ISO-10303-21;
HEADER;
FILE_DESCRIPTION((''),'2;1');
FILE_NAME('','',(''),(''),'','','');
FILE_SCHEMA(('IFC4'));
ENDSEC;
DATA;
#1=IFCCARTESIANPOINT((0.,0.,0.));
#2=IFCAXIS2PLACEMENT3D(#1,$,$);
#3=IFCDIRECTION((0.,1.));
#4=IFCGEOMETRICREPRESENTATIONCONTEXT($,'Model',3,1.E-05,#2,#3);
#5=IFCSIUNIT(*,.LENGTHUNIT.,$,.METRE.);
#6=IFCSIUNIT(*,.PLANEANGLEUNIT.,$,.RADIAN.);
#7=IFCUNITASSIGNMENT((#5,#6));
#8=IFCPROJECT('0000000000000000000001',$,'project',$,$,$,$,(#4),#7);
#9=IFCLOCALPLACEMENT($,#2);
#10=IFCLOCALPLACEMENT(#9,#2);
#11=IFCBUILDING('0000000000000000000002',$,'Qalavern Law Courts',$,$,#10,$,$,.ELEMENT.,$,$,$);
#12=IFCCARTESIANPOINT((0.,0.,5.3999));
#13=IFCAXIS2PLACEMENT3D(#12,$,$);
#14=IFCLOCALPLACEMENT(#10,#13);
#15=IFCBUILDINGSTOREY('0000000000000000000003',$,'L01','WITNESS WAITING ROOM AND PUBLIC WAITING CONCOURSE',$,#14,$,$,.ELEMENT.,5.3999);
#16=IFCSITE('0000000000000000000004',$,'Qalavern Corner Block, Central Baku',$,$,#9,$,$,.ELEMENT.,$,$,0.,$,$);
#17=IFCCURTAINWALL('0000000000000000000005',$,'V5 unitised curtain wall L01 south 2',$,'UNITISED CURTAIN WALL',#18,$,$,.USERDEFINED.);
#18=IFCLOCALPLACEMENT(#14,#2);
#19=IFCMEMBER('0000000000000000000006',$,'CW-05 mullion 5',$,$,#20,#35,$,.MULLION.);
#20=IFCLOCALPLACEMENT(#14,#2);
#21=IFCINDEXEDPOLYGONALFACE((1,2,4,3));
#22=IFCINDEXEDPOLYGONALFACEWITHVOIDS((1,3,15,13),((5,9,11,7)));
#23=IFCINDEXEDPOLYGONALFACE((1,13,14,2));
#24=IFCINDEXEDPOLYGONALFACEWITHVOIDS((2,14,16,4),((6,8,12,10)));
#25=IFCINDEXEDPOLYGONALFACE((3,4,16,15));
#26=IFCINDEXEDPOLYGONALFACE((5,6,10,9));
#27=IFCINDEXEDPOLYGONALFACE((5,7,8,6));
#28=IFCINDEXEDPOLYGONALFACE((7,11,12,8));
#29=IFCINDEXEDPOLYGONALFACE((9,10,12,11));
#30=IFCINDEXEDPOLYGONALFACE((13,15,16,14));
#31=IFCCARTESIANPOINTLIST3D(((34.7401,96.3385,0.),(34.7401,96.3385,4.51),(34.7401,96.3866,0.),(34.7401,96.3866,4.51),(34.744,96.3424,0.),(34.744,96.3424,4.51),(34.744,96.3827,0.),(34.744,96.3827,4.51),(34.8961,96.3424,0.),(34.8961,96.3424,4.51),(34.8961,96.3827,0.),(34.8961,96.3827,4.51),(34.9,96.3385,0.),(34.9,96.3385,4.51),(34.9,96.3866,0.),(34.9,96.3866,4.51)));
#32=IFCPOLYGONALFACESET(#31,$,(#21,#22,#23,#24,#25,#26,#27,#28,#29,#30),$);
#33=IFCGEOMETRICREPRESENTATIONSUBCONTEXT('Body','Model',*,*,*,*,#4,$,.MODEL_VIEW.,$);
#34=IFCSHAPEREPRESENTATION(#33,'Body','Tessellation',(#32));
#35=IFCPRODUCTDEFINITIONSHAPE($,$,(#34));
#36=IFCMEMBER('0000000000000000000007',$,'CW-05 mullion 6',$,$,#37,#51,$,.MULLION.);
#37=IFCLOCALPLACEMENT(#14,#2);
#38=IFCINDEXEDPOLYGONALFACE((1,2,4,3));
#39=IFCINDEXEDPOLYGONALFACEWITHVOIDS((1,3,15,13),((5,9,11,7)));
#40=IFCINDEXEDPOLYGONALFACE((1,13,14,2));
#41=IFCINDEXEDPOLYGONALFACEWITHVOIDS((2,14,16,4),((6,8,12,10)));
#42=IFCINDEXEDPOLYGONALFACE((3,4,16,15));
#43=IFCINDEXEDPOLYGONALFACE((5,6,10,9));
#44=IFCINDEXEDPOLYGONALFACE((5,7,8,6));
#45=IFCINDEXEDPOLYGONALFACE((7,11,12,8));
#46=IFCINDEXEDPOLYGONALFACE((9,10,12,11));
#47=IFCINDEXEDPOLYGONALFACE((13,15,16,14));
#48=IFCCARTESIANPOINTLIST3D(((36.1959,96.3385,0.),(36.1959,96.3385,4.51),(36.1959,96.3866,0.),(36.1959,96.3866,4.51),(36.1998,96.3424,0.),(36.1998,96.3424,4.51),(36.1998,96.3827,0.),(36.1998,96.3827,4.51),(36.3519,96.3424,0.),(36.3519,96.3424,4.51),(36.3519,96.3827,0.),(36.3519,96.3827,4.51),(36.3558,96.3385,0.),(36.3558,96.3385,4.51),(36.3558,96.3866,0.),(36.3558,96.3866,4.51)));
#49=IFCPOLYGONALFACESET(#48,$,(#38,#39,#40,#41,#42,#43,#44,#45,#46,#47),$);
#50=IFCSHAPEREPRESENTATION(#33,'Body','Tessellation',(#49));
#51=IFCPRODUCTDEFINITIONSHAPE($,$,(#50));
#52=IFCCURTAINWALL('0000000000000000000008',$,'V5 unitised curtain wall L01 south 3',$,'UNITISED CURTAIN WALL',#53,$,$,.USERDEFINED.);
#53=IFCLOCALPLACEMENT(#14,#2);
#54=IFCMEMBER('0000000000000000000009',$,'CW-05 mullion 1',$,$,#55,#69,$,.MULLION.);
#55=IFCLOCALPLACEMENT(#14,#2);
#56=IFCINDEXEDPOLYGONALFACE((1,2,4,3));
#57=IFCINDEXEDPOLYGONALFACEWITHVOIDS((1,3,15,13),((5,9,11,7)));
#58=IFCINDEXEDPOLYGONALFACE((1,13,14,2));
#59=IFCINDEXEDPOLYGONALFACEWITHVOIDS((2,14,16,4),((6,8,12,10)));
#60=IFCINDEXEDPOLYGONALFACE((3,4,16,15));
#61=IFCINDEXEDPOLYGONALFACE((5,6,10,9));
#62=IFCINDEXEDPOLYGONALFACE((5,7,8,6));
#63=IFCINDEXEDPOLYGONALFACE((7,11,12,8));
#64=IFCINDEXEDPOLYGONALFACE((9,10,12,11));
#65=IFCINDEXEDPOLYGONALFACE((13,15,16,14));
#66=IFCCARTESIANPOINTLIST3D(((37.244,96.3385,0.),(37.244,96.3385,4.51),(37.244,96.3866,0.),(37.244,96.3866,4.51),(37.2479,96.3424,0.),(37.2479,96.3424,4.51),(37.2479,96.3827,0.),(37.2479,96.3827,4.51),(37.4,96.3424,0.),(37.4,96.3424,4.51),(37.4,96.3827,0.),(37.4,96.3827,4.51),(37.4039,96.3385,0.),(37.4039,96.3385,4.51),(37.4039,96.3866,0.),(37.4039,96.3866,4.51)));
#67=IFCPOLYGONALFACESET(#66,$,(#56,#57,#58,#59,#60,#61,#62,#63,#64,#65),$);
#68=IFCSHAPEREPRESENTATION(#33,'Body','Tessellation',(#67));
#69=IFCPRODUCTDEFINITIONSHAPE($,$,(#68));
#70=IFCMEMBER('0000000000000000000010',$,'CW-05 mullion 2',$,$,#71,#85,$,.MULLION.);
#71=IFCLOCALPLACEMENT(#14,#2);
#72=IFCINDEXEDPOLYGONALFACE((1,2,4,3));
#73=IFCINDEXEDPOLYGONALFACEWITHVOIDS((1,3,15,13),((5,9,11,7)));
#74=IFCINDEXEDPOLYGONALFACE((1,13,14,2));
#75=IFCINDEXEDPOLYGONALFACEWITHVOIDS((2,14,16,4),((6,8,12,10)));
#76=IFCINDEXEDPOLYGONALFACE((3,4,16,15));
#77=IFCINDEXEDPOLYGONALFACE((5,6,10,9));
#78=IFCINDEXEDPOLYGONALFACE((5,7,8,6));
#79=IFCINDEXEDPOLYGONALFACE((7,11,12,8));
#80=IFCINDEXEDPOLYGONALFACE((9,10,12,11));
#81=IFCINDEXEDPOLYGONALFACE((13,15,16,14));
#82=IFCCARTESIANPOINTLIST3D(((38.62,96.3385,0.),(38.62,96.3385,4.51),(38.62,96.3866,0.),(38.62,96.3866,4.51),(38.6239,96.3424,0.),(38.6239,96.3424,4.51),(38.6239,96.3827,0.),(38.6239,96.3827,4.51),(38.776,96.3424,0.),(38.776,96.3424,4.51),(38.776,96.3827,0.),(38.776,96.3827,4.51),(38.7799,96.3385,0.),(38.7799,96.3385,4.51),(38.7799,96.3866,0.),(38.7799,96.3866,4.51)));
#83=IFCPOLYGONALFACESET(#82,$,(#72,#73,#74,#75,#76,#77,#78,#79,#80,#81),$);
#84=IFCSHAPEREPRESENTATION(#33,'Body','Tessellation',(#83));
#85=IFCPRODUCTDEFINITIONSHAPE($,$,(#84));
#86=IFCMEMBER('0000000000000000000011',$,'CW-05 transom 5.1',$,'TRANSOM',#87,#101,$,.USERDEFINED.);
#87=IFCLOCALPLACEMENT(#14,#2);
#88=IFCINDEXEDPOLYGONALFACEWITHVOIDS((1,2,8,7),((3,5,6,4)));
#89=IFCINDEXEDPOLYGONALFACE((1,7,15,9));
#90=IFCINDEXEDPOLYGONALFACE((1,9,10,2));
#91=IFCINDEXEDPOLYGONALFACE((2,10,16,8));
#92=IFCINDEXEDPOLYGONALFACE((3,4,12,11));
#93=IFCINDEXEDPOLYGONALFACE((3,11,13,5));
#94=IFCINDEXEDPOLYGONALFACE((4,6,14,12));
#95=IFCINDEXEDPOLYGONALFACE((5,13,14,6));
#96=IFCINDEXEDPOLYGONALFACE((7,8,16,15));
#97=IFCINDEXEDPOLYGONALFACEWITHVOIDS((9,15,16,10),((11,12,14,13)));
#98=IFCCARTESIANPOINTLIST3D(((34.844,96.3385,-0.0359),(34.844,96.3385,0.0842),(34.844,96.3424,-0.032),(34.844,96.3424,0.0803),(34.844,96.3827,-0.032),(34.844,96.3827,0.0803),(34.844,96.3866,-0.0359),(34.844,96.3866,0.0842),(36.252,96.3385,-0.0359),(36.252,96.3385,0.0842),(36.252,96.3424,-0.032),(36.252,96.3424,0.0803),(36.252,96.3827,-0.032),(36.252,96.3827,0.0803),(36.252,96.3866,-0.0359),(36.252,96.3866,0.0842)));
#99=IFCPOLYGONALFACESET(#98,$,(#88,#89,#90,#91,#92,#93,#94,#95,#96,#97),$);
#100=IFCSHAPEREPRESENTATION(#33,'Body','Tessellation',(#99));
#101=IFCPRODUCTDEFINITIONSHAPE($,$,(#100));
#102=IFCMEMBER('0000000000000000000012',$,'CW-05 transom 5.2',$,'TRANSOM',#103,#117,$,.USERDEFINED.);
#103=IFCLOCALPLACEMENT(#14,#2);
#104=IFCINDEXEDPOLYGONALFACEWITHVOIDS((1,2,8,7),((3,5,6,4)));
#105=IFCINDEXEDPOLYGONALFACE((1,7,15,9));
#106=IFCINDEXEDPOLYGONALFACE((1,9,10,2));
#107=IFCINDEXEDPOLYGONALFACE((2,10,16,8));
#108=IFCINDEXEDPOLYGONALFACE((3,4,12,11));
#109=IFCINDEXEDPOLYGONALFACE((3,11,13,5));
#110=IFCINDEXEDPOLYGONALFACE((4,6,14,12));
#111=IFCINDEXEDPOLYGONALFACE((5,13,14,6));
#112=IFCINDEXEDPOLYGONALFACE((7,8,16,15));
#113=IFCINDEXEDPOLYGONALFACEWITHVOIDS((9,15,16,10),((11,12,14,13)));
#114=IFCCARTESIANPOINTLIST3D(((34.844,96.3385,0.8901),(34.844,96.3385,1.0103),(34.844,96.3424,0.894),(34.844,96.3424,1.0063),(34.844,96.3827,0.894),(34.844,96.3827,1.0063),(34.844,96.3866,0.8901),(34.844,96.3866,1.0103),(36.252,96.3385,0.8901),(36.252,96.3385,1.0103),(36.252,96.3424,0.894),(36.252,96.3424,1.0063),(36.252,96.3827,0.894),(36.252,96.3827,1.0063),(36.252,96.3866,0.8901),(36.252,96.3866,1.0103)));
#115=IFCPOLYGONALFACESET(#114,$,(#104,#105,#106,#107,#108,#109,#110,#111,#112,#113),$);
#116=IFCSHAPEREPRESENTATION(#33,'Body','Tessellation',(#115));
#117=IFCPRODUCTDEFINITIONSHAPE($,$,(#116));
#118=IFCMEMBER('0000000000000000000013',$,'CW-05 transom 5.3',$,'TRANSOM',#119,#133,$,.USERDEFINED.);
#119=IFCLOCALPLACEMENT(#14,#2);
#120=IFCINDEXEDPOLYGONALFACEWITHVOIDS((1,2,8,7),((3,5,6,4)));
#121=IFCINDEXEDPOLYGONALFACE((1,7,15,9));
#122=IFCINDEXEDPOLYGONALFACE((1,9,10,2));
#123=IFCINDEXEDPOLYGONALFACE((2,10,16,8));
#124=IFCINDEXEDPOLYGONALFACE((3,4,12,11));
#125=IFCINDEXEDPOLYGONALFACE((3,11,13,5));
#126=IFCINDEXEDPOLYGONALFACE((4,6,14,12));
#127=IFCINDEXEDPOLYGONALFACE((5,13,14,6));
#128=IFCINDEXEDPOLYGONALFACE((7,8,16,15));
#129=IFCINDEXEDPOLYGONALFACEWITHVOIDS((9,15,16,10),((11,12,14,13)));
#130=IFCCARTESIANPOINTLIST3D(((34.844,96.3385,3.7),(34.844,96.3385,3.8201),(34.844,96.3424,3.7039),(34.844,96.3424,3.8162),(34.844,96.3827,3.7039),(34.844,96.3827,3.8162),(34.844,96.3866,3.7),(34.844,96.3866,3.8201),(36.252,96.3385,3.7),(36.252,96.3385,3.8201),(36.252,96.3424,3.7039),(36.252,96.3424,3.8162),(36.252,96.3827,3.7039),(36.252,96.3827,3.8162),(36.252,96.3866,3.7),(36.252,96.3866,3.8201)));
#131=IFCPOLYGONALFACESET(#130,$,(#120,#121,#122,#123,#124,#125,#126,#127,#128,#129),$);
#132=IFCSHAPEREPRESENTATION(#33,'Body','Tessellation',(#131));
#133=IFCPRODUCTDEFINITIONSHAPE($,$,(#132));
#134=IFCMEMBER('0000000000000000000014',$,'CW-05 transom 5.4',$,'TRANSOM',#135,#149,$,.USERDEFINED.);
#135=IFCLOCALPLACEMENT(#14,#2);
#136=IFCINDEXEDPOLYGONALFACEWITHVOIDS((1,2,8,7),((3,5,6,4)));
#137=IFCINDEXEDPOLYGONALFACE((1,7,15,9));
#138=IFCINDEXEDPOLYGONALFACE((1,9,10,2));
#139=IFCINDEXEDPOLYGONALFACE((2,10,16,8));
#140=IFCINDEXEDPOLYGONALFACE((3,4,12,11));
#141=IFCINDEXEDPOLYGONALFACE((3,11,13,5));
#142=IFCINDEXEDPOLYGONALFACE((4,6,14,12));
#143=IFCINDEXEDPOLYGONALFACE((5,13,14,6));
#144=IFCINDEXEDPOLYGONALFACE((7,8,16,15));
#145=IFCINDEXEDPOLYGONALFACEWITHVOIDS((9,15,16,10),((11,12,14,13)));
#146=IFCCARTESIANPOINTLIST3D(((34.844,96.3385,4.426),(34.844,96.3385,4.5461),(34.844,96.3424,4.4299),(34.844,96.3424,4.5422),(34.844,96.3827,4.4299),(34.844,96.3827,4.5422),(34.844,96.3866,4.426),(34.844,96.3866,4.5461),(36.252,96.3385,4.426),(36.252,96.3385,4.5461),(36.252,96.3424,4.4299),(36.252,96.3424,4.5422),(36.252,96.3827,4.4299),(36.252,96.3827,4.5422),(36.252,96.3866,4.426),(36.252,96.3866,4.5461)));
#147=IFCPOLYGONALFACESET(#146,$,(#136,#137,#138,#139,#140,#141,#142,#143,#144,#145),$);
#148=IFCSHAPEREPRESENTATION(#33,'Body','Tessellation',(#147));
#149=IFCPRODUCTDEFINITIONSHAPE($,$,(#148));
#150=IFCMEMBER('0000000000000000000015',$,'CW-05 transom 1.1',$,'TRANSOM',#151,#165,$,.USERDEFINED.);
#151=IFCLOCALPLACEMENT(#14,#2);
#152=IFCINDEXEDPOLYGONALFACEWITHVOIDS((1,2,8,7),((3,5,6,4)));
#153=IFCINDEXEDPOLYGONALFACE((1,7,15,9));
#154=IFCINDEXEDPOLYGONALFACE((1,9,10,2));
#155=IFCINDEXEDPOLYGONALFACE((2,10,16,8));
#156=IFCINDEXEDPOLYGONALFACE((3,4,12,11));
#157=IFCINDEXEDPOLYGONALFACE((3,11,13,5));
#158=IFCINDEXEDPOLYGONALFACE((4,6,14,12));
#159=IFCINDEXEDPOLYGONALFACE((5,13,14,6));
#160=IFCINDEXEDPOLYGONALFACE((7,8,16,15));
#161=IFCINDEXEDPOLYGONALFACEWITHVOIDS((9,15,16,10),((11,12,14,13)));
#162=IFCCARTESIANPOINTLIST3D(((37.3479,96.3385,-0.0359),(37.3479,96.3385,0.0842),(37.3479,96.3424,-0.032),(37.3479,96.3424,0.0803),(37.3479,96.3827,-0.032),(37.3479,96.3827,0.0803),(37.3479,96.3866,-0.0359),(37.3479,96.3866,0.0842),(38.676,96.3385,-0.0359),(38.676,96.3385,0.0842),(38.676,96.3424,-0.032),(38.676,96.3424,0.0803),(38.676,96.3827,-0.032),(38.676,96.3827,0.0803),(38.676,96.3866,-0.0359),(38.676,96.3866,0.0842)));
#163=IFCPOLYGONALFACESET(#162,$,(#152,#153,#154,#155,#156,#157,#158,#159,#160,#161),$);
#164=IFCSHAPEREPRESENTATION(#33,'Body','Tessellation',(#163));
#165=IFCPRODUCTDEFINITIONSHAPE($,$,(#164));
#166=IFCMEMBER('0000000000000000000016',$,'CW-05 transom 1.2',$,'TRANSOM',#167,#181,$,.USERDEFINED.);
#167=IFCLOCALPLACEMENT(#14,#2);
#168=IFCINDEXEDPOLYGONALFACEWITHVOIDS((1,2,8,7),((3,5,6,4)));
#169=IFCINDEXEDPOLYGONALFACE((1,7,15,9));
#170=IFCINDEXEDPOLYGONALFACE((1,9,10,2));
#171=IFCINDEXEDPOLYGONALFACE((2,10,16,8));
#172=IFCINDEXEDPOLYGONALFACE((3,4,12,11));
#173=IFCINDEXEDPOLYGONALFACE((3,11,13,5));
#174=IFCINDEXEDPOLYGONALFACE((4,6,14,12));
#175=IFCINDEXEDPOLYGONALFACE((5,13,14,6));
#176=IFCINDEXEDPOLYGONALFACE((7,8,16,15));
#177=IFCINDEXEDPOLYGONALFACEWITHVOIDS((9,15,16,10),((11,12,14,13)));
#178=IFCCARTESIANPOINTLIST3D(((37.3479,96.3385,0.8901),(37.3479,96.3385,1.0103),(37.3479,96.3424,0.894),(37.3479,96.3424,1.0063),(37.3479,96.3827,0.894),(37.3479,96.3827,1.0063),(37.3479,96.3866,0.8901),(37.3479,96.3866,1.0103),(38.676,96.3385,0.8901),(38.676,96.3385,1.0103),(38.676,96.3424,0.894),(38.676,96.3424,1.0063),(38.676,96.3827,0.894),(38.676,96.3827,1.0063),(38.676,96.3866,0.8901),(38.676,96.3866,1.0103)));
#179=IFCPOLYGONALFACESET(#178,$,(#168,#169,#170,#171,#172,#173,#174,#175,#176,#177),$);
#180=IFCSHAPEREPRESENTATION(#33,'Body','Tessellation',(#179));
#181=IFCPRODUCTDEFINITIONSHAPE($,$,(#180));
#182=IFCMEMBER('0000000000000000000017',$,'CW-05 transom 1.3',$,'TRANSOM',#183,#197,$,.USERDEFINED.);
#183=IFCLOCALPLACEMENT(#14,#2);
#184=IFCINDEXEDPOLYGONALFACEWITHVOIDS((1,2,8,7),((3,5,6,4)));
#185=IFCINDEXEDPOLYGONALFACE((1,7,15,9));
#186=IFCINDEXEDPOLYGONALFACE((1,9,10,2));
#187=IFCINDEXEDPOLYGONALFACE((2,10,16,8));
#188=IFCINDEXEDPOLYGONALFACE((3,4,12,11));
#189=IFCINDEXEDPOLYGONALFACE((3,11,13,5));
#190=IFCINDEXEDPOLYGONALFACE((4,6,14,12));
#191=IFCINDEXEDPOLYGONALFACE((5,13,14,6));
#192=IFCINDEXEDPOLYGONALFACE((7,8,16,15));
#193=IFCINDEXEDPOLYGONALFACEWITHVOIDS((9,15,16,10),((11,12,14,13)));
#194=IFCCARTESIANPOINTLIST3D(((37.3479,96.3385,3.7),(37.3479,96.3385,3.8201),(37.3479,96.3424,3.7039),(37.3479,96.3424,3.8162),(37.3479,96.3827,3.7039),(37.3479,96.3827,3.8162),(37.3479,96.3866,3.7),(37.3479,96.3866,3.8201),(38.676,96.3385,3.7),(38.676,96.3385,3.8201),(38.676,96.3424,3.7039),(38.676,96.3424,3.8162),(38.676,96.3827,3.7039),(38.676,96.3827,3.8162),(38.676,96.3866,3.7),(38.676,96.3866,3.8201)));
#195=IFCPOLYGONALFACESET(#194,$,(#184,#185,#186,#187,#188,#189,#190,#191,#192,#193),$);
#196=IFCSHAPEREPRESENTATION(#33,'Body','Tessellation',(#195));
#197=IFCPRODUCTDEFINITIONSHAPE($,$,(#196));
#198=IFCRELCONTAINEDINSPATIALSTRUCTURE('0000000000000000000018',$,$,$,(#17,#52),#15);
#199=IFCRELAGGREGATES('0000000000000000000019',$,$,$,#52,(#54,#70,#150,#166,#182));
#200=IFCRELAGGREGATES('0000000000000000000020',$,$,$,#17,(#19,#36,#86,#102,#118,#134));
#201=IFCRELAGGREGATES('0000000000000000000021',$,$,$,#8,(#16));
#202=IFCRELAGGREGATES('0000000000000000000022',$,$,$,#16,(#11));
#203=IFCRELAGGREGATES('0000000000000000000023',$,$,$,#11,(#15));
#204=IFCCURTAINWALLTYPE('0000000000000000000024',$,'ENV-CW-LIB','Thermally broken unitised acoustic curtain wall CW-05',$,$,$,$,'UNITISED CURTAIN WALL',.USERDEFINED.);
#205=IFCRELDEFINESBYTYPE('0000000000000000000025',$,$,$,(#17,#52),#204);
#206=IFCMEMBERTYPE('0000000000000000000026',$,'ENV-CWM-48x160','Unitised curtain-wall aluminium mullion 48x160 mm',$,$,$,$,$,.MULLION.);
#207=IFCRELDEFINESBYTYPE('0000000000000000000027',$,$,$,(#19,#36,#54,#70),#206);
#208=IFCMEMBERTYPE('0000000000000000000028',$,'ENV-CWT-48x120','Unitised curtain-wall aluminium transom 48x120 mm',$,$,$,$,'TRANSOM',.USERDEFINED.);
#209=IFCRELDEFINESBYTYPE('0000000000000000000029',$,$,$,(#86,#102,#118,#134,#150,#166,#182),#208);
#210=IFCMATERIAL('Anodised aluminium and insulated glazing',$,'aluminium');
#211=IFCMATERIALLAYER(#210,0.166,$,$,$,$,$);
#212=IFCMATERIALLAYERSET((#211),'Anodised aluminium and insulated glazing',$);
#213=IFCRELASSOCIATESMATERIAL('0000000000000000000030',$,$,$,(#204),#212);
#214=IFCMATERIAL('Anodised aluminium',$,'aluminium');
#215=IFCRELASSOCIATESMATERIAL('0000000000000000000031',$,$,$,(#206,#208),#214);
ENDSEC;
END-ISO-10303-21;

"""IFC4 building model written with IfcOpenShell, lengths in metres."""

from ifc_helpers import new_model, si_unit, direction, frame, origin, origin_2d, place, context, subcontext, project, spatial, hollow_rectangle, extrude, material, layer, layer_set, material_profile, profile_set, type_object, element, aggregate, save


model = new_model("IFC4")

# Units and contexts
model_context = context("Model", 3, precision=1e-05, world=origin(), true_north=direction((0.0, 1.0)))
body_context = subcontext(model_context, "Body", "Model", "MODEL_VIEW")
ifc_project = project(units=[si_unit("LENGTHUNIT", "METRE"), si_unit("PLANEANGLEUNIT", "RADIAN")], contexts=[model_context])

# Site, building, storey
site_placement = place(None, origin())
site = spatial("IfcSite", under=ifc_project, at=site_placement, Name="Qalavern Corner Block, Central Baku", CompositionType="ELEMENT", RefElevation=0.0)
building_placement = place(site_placement, origin())
building = spatial("IfcBuilding", under=site, at=building_placement, Name="Qalavern Law Courts", CompositionType="ELEMENT")
storey_placement = place(building_placement, frame((0.0, 0.0, 5.3999)))
storey = spatial("IfcBuildingStorey", under=building, at=storey_placement, Name="L01", Description="WITNESS WAITING ROOM AND PUBLIC WAITING CONCOURSE", CompositionType="ELEMENT", Elevation=5.3999)

# Curtain walls, members
ifc_material_1 = material(Name="Anodised aluminium and insulated glazing", Category="aluminium")
ifc_layer_1 = layer(ifc_material_1, 0.166)
ifc_layer_set_1 = layer_set([ifc_layer_1], Name="Anodised aluminium and insulated glazing")
curtain_wall_type = type_object("IfcCurtainWallType", Name="ENV-CW-LIB", Description="Thermally broken unitised acoustic curtain wall CW-05", ElementType="UNITISED CURTAIN WALL", PredefinedType="USERDEFINED", material=ifc_layer_set_1)
curtain_wall_1_placement = place(storey_placement, origin())
curtain_wall_1 = element("IfcCurtainWall", 1, at=curtain_wall_1_placement, inside=storey, type_object=curtain_wall_type, Name="V5 unitised curtain wall L01 south 2", ObjectType="UNITISED CURTAIN WALL", PredefinedType="USERDEFINED")
ifc_material_2 = material(Name="Anodised aluminium", Category="aluminium")
ifc_material_profile_1 = material_profile(ifc_material_2, hollow_rectangle(XDim=0.0481, YDim=0.1599, WallThickness=0.0039, at=origin_2d()), Name="ALU MULLION 48x160")
ifc_profile_set_1 = profile_set([ifc_material_profile_1], Name="Anodised aluminium")
member_type_1 = type_object("IfcMemberType", Name="ENV-CWM-48x160", Description="Unitised curtain-wall aluminium mullion 48x160 mm", PredefinedType="MULLION", material=ifc_profile_set_1)
member_1_placement = place(storey_placement, frame((34.8201, 96.3625, 0.0), z_axis=(0.0, 0.0, 1.0), x_axis=(0.0, 1.0, 0.0)))
member_1 = element("IfcMember", 2, at=member_1_placement, type_object=member_type_1, Name="CW-05 mullion 5", PredefinedType="MULLION", context=body_context, shape_type="SweptSolid", body=[
    extrude(hollow_rectangle(XDim=0.0481, YDim=0.1599, WallThickness=0.0039, at=origin_2d()), origin(), (0.0, 0.0, 1.0), 4.51),
])
member_2_placement = place(storey_placement, frame((36.2759, 96.3625, 0.0), z_axis=(0.0, 0.0, 1.0), x_axis=(0.0, 1.0, 0.0)))
member_2 = element("IfcMember", 3, at=member_2_placement, type_object=member_type_1, Name="CW-05 mullion 6", PredefinedType="MULLION", context=body_context, shape_type="SweptSolid", body=[
    extrude(hollow_rectangle(XDim=0.0481, YDim=0.1599, WallThickness=0.0039, at=origin_2d()), origin(), (0.0, 0.0, 1.0), 4.51),
])
curtain_wall_2_placement = place(storey_placement, origin())
curtain_wall_2 = element("IfcCurtainWall", 4, at=curtain_wall_2_placement, inside=storey, type_object=curtain_wall_type, Name="V5 unitised curtain wall L01 south 3", ObjectType="UNITISED CURTAIN WALL", PredefinedType="USERDEFINED")
member_3_placement = place(storey_placement, frame((37.324, 96.3625, 0.0), z_axis=(0.0, 0.0, 1.0), x_axis=(0.0, 1.0, 0.0)))
member_3 = element("IfcMember", 5, at=member_3_placement, type_object=member_type_1, Name="CW-05 mullion 1", PredefinedType="MULLION", context=body_context, shape_type="SweptSolid", body=[
    extrude(hollow_rectangle(XDim=0.0481, YDim=0.1599, WallThickness=0.0039, at=origin_2d()), origin(), (0.0, 0.0, 1.0), 4.51),
])
member_4_placement = place(storey_placement, frame((38.7, 96.3625, 0.0), z_axis=(0.0, 0.0, 1.0), x_axis=(0.0, 1.0, 0.0)))
member_4 = element("IfcMember", 6, at=member_4_placement, type_object=member_type_1, Name="CW-05 mullion 2", PredefinedType="MULLION", context=body_context, shape_type="SweptSolid", body=[
    extrude(hollow_rectangle(XDim=0.0481, YDim=0.1599, WallThickness=0.0039, at=origin_2d()), origin(), (0.0, 0.0, 1.0), 4.51),
])

# Members
ifc_material_profile_2 = material_profile(ifc_material_2, hollow_rectangle(XDim=0.0481, YDim=0.1201, WallThickness=0.0039, at=origin_2d()), Name="ALU TRANSOM 48x120")
ifc_profile_set_2 = profile_set([ifc_material_profile_2], Name="Anodised aluminium")
member_type_2 = type_object("IfcMemberType", Name="ENV-CWT-48x120", Description="Unitised curtain-wall aluminium transom 48x120 mm", ElementType="TRANSOM", PredefinedType="USERDEFINED", material=ifc_profile_set_2)
member_5_placement = place(storey_placement, frame((34.844, 96.3625, 0.0242), z_axis=(1.0, 0.0, 0.0), x_axis=(0.0, 1.0, 0.0)))
member_5 = element("IfcMember", 7, at=member_5_placement, type_object=member_type_2, Name="CW-05 transom 5.1", ObjectType="TRANSOM", PredefinedType="USERDEFINED", context=body_context, shape_type="SweptSolid", body=[
    extrude(hollow_rectangle(XDim=0.0481, YDim=0.1201, WallThickness=0.0039, at=origin_2d()), origin(), (0.0, 0.0, 1.0), 1.408),
])
member_6_placement = place(storey_placement, frame((34.844, 96.3625, 0.9502), z_axis=(1.0, 0.0, 0.0), x_axis=(0.0, 1.0, 0.0)))
member_6 = element("IfcMember", 8, at=member_6_placement, type_object=member_type_2, Name="CW-05 transom 5.2", ObjectType="TRANSOM", PredefinedType="USERDEFINED", context=body_context, shape_type="SweptSolid", body=[
    extrude(hollow_rectangle(XDim=0.0481, YDim=0.1201, WallThickness=0.0039, at=origin_2d()), origin(), (0.0, 0.0, 1.0), 1.408),
])
member_7_placement = place(storey_placement, frame((34.844, 96.3625, 3.76), z_axis=(1.0, 0.0, 0.0), x_axis=(0.0, 1.0, 0.0)))
member_7 = element("IfcMember", 9, at=member_7_placement, type_object=member_type_2, Name="CW-05 transom 5.3", ObjectType="TRANSOM", PredefinedType="USERDEFINED", context=body_context, shape_type="SweptSolid", body=[
    extrude(hollow_rectangle(XDim=0.0481, YDim=0.1201, WallThickness=0.0039, at=origin_2d()), origin(), (0.0, 0.0, 1.0), 1.408),
])
member_8_placement = place(storey_placement, frame((34.844, 96.3625, 4.4861), z_axis=(1.0, 0.0, 0.0), x_axis=(0.0, 1.0, 0.0)))
member_8 = element("IfcMember", 10, at=member_8_placement, type_object=member_type_2, Name="CW-05 transom 5.4", ObjectType="TRANSOM", PredefinedType="USERDEFINED", context=body_context, shape_type="SweptSolid", body=[
    extrude(hollow_rectangle(XDim=0.0481, YDim=0.1201, WallThickness=0.0039, at=origin_2d()), origin(), (0.0, 0.0, 1.0), 1.408),
])
member_9_placement = place(storey_placement, frame((37.3479, 96.3625, 0.0242), z_axis=(1.0, 0.0, 0.0), x_axis=(0.0, 1.0, 0.0)))
member_9 = element("IfcMember", 11, at=member_9_placement, type_object=member_type_2, Name="CW-05 transom 1.1", ObjectType="TRANSOM", PredefinedType="USERDEFINED", context=body_context, shape_type="SweptSolid", body=[
    extrude(hollow_rectangle(XDim=0.0481, YDim=0.1201, WallThickness=0.0039, at=origin_2d()), origin(), (0.0, 0.0, 1.0), 1.3281),
])
member_10_placement = place(storey_placement, frame((37.3479, 96.3625, 0.9502), z_axis=(1.0, 0.0, 0.0), x_axis=(0.0, 1.0, 0.0)))
member_10 = element("IfcMember", 12, at=member_10_placement, type_object=member_type_2, Name="CW-05 transom 1.2", ObjectType="TRANSOM", PredefinedType="USERDEFINED", context=body_context, shape_type="SweptSolid", body=[
    extrude(hollow_rectangle(XDim=0.0481, YDim=0.1201, WallThickness=0.0039, at=origin_2d()), origin(), (0.0, 0.0, 1.0), 1.3281),
])
member_11_placement = place(storey_placement, frame((37.3479, 96.3625, 3.76), z_axis=(1.0, 0.0, 0.0), x_axis=(0.0, 1.0, 0.0)))
member_11 = element("IfcMember", 13, at=member_11_placement, type_object=member_type_2, Name="CW-05 transom 1.3", ObjectType="TRANSOM", PredefinedType="USERDEFINED", context=body_context, shape_type="SweptSolid", body=[
    extrude(hollow_rectangle(XDim=0.0481, YDim=0.1201, WallThickness=0.0039, at=origin_2d()), origin(), (0.0, 0.0, 1.0), 1.3281),
])

aggregate(curtain_wall_2, [member_3, member_4, member_9, member_10, member_11])
aggregate(curtain_wall_1, [member_1, member_2, member_5, member_6, member_7, member_8])

save(model, "model.ifc")
